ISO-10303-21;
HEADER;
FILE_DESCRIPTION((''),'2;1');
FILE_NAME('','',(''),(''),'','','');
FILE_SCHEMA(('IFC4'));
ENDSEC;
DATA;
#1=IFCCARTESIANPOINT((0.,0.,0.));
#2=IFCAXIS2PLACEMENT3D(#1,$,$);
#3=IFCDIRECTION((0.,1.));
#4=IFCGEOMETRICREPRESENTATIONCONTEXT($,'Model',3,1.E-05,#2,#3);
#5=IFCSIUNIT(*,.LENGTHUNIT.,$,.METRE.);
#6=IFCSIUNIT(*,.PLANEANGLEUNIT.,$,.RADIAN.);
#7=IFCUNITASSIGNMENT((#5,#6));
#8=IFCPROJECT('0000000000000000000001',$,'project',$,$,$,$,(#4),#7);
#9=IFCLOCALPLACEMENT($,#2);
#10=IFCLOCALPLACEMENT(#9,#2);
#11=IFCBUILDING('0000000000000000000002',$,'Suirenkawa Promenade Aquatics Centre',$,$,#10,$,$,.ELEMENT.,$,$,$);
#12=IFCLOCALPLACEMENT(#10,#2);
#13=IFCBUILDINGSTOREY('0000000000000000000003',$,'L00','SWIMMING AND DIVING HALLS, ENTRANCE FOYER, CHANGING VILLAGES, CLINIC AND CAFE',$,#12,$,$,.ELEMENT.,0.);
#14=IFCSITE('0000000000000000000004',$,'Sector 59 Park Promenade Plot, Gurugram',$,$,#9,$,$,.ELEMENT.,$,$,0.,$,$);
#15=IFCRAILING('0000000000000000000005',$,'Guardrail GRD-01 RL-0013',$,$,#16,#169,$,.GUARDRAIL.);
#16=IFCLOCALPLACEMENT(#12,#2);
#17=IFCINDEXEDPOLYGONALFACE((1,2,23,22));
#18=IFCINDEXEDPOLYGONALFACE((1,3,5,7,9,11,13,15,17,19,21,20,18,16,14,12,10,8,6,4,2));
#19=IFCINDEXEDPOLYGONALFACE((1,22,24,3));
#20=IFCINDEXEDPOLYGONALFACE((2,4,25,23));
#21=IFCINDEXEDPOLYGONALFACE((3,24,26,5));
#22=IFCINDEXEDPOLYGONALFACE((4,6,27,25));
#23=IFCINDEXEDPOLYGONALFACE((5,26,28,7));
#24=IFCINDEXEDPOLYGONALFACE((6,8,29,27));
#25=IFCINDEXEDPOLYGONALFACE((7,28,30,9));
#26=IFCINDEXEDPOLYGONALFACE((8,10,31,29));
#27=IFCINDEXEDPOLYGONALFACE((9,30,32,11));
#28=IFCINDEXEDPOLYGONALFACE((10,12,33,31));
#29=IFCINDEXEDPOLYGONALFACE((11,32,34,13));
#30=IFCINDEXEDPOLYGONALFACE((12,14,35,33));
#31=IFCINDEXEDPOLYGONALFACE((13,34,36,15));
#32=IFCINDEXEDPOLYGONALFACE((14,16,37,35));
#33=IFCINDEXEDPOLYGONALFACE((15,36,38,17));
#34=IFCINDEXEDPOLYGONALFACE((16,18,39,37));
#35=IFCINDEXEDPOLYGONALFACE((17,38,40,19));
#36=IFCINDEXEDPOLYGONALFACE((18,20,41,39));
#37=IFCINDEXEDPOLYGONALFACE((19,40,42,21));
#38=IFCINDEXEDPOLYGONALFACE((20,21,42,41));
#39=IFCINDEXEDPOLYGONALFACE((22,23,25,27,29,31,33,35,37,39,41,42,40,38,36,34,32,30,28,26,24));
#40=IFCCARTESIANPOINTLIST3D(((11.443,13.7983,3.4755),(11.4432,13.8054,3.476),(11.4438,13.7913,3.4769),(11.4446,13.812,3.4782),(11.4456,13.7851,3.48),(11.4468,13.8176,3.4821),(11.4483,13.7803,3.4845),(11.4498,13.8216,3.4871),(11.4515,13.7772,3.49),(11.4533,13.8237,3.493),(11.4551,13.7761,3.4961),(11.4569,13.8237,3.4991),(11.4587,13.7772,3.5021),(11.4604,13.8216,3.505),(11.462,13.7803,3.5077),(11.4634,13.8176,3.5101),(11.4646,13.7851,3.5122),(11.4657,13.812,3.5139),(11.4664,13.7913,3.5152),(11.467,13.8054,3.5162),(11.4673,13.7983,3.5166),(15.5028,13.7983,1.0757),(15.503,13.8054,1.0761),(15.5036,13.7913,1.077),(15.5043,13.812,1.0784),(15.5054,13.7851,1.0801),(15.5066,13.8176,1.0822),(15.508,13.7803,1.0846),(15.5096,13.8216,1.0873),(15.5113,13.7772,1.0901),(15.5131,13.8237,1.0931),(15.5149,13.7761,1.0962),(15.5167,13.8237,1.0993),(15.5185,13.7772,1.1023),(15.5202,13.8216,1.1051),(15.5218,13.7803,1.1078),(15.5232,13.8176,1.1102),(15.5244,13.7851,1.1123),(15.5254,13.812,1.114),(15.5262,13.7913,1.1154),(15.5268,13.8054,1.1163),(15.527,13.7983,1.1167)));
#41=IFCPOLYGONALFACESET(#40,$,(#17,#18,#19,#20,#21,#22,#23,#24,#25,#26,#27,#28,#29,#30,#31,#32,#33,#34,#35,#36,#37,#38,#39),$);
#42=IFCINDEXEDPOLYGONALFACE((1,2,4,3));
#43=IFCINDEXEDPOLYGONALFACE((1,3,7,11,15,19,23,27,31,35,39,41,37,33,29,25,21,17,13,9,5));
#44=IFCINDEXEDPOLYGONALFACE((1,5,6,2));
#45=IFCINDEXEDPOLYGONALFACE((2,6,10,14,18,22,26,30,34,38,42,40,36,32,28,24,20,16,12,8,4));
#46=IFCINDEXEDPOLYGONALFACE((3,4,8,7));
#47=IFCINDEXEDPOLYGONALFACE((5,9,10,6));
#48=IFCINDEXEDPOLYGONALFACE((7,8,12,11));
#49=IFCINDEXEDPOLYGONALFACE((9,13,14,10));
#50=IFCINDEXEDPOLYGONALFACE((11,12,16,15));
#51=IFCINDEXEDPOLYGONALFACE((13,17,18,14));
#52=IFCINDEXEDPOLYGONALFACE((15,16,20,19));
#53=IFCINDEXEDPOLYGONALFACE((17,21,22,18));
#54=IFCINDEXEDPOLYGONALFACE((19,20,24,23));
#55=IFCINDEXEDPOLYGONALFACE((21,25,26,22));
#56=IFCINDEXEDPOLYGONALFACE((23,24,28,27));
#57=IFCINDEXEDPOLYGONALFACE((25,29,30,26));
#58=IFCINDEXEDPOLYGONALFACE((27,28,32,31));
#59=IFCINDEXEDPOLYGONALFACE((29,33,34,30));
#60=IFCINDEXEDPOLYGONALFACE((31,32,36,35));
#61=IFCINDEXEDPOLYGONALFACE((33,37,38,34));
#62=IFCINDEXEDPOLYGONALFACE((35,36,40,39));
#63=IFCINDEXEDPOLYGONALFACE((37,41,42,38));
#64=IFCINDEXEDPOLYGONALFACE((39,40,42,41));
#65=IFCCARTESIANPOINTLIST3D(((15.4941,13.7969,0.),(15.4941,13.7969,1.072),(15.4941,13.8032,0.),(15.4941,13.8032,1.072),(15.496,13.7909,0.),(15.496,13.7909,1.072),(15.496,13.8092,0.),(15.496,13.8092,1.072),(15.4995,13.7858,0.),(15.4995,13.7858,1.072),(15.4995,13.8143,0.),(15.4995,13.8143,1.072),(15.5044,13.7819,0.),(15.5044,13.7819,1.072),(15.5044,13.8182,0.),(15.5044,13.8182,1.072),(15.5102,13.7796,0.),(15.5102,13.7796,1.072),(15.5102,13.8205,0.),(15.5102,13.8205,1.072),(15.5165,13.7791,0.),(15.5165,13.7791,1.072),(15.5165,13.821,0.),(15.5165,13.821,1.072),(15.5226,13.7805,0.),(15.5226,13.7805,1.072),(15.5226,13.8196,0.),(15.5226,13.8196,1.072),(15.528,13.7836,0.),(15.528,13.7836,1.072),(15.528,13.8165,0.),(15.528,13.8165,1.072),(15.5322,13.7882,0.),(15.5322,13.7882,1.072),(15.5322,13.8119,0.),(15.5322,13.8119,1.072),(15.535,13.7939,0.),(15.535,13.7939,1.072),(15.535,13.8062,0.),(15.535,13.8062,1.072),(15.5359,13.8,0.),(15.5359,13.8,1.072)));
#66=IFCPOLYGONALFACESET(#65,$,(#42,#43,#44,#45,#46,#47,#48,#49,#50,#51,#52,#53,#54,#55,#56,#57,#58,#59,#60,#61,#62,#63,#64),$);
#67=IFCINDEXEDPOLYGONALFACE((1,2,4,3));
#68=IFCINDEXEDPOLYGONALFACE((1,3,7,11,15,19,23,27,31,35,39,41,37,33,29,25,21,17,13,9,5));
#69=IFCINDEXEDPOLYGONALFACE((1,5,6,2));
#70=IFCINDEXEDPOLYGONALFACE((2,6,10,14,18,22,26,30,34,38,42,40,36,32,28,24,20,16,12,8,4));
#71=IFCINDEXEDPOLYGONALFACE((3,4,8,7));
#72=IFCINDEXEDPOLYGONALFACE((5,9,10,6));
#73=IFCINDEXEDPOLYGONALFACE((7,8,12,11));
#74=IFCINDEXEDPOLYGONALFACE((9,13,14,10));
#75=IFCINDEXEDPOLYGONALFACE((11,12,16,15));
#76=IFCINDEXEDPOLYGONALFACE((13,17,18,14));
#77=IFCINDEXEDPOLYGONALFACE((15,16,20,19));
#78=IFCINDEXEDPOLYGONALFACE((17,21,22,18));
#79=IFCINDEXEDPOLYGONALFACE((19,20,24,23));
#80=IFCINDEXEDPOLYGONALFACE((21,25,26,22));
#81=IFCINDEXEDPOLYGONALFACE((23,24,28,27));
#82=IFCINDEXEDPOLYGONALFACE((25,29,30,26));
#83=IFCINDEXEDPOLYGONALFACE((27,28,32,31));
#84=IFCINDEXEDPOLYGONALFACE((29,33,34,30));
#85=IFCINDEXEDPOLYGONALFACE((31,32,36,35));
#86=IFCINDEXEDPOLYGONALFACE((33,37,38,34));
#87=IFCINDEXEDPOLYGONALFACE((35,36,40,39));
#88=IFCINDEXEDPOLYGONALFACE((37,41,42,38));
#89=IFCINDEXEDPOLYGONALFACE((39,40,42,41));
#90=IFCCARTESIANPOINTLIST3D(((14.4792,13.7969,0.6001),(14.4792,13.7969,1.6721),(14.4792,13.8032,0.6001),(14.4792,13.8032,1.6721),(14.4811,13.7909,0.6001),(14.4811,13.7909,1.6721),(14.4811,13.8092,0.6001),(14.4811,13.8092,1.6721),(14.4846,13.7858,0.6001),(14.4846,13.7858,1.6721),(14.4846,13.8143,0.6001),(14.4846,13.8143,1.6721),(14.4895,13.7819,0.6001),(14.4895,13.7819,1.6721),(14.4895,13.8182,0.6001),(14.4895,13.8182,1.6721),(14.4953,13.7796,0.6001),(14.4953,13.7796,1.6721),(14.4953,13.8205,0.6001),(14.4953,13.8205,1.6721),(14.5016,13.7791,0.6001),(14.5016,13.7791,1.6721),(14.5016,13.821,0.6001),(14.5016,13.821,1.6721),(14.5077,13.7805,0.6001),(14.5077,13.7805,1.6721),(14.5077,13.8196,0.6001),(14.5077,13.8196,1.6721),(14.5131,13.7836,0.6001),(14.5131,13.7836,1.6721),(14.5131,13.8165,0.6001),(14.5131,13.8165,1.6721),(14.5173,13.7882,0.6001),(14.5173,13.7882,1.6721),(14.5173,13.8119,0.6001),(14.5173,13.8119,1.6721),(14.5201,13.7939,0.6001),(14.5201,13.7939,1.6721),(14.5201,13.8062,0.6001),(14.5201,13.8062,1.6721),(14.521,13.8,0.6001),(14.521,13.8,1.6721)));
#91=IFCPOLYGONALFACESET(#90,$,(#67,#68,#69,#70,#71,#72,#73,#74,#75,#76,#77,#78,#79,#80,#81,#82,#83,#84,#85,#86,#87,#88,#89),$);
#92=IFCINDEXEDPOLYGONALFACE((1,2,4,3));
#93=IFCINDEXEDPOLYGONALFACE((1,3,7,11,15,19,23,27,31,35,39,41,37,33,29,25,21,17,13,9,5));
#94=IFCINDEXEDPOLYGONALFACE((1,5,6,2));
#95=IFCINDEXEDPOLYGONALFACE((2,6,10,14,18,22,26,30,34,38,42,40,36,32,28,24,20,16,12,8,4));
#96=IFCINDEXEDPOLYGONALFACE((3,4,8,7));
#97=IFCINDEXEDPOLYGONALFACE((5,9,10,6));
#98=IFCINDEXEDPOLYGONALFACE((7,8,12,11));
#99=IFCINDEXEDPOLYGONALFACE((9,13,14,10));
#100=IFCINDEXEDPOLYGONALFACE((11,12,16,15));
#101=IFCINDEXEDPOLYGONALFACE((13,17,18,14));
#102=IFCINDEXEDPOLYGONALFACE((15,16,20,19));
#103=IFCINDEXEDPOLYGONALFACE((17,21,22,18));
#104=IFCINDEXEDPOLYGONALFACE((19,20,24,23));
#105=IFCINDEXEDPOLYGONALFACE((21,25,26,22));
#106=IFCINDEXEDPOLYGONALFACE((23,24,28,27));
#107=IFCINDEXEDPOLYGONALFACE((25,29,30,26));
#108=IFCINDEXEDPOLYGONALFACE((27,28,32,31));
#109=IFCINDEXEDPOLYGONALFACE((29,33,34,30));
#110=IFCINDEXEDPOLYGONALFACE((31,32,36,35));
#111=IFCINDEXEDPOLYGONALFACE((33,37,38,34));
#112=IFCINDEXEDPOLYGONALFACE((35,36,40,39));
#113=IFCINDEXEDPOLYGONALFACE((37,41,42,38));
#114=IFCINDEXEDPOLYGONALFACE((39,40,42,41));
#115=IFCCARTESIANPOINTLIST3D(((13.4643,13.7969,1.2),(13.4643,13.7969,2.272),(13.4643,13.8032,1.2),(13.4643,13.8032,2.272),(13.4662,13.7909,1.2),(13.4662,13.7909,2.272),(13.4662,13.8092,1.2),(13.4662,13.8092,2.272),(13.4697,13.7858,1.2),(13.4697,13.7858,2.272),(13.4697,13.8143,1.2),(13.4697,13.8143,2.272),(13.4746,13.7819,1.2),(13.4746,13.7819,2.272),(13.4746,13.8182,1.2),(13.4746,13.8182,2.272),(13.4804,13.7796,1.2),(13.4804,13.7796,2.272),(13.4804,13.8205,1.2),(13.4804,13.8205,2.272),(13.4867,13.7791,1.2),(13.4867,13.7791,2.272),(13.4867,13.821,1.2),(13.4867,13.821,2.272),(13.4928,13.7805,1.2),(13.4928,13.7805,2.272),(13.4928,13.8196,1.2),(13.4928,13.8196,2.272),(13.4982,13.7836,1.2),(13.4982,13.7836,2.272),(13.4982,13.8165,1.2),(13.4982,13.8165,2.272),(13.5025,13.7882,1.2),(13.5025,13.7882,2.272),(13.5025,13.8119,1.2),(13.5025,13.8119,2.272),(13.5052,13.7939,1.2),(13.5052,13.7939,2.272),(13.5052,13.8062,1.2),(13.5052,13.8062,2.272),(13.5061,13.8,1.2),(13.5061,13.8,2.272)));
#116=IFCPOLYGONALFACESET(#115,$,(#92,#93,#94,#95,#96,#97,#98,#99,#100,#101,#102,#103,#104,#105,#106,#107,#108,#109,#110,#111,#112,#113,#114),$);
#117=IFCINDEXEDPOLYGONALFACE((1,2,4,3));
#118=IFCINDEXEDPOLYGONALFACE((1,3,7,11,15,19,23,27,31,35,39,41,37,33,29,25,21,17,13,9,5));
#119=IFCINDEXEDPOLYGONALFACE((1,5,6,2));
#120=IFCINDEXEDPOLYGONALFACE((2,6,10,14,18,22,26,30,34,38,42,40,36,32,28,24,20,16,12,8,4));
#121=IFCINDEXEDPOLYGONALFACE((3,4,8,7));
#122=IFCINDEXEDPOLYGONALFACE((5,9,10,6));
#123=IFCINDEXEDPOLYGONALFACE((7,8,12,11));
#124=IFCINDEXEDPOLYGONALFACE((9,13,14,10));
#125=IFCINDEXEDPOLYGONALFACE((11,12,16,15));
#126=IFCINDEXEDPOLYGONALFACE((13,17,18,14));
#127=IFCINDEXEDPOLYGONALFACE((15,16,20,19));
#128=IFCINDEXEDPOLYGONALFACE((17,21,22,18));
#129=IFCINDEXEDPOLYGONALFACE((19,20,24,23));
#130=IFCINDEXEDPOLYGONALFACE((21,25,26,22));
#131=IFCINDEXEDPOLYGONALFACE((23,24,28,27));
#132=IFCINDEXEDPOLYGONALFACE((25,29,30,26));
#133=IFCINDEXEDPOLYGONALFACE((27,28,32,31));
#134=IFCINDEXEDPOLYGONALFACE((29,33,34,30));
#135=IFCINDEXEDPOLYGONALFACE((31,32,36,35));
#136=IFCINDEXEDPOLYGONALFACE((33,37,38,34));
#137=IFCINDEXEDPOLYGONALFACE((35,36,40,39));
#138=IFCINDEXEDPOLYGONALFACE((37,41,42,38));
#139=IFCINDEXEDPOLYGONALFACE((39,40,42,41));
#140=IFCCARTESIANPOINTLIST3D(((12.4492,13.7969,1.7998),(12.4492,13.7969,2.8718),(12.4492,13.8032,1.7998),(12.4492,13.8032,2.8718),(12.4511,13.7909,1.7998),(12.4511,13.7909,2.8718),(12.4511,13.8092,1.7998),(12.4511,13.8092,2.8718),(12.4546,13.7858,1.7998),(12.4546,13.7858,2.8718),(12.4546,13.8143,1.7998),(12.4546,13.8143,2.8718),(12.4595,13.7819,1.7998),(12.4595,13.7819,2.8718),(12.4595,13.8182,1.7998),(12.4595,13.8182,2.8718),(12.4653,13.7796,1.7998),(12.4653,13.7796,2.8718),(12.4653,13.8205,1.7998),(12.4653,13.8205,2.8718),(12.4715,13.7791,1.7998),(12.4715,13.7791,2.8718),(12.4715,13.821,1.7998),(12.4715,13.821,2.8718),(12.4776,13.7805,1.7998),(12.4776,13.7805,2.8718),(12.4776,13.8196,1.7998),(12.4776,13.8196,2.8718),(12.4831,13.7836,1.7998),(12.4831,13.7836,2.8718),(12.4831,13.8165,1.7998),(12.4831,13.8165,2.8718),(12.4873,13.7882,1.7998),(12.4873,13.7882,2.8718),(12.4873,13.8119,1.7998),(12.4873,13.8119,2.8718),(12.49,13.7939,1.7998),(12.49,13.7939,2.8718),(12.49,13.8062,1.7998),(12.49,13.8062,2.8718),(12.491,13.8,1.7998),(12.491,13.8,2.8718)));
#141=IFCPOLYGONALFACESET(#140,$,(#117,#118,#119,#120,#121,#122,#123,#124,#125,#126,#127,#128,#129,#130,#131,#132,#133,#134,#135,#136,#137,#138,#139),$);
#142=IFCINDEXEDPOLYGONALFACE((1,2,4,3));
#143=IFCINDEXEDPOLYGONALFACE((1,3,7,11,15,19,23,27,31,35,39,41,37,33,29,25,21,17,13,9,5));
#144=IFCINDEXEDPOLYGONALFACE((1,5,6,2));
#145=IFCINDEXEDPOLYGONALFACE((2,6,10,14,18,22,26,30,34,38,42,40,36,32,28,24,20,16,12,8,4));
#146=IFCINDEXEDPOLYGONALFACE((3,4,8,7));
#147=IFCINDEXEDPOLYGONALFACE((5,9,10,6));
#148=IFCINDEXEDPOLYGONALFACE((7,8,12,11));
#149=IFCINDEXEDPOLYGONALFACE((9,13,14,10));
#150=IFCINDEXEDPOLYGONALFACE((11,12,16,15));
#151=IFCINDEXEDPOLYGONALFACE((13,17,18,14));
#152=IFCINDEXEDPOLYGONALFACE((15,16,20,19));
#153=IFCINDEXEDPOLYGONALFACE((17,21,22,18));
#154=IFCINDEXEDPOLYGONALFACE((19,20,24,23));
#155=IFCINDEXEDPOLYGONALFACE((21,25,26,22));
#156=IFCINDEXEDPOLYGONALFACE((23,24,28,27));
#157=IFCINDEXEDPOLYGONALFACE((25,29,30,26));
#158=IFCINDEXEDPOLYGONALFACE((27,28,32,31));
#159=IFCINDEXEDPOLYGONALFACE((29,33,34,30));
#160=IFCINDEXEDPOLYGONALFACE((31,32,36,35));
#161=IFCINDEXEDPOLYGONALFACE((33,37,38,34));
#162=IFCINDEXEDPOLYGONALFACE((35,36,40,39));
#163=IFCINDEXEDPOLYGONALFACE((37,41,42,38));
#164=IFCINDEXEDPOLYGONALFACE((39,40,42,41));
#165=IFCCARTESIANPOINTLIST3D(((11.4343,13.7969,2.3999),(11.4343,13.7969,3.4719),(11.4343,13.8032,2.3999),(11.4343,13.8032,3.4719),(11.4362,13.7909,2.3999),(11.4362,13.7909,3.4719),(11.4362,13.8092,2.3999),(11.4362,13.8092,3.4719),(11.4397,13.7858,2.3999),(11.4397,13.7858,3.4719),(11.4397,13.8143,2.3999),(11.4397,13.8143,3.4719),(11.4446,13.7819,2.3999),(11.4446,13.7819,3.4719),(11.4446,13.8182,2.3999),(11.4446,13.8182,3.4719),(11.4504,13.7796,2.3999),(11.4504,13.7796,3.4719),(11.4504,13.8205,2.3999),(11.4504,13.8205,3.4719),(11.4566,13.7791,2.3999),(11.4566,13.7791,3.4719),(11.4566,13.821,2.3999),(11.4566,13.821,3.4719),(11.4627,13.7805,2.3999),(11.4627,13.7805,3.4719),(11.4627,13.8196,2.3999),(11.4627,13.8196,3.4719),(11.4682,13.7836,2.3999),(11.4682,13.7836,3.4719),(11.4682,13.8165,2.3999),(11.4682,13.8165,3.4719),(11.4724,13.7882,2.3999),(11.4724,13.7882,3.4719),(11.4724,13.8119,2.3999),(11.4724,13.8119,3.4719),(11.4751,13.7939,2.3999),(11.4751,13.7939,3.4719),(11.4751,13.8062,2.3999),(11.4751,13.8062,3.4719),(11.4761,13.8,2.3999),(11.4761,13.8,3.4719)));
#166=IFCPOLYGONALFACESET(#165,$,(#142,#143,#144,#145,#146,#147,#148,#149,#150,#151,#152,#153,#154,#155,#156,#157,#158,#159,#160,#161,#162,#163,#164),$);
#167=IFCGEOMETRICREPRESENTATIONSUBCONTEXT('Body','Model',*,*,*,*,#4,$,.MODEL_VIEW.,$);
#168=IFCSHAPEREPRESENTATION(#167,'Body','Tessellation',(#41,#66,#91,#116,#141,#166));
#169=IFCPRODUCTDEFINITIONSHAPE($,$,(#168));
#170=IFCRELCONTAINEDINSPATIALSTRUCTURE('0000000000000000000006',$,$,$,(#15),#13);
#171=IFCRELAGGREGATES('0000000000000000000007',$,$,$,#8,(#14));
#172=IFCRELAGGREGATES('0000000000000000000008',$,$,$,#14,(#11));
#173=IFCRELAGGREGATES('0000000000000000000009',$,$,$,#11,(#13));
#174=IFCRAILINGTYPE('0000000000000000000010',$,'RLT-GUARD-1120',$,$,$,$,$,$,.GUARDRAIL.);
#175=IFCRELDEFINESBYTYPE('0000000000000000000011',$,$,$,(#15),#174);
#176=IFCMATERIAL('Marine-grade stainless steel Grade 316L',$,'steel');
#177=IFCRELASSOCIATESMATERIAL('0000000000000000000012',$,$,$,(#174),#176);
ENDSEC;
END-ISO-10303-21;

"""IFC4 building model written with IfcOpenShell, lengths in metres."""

from ifc_helpers import new_model, si_unit, direction, frame, origin, origin_2d, place, context, subcontext, project, spatial, circle, extrude, material, type_object, element, save


model = new_model("IFC4")

# Units and contexts
model_context = context("Model", 3, precision=1e-05, world=origin(), true_north=direction((0.0, 1.0)))
body_context = subcontext(model_context, "Body", "Model", "MODEL_VIEW")
ifc_project = project(units=[si_unit("LENGTHUNIT", "METRE"), si_unit("PLANEANGLEUNIT", "RADIAN")], contexts=[model_context])

# Site, building, storey
site_placement = place(None, origin())
site = spatial("IfcSite", under=ifc_project, at=site_placement, Name="Sector 59 Park Promenade Plot, Gurugram", CompositionType="ELEMENT", RefElevation=0.0)
building_placement = place(site_placement, origin())
building = spatial("IfcBuilding", under=site, at=building_placement, Name="Suirenkawa Promenade Aquatics Centre", CompositionType="ELEMENT")
storey_placement = place(building_placement, origin())
storey = spatial("IfcBuildingStorey", under=building, at=storey_placement, Name="L00", Description="SWIMMING AND DIVING HALLS, ENTRANCE FOYER, CHANGING VILLAGES, CLINIC AND CAFE", CompositionType="ELEMENT", Elevation=0.0)

# Railing
ifc_material_1 = material(Name="Marine-grade stainless steel Grade 316L", Category="steel")
railing_type_1 = type_object("IfcRailingType", Name="RLT-GUARD-1120", PredefinedType="GUARDRAIL", material=ifc_material_1)
railing_1_placement = place(storey_placement, frame((15.5149, 13.8, 0.0)))
element("IfcRailing", 1, at=railing_1_placement, inside=storey, type_object=railing_type_1, Name="Guardrail GRD-01 RL-0013", PredefinedType="GUARDRAIL", context=body_context, shape_type="SweptSolid", body=[
    extrude(circle(Radius=0.0239, at=origin_2d()), frame((0.0, 0.0, 1.0962), z_axis=(-0.860841, 0.0, 0.508874), x_axis=(0.0, -1.0, 0.0)), (0.0, 0.0, 1.0), 4.7161),
    extrude(circle(Radius=0.021, at=origin_2d()), origin(), (0.0, 0.0, 1.0), 1.072),
    extrude(circle(Radius=0.021, at=origin_2d()), frame((-1.0149, 0.0, 0.6001)), (0.0, 0.0, 1.0), 1.072),
    extrude(circle(Radius=0.021, at=origin_2d()), frame((-2.0298, 0.0, 1.2)), (0.0, 0.0, 1.0), 1.072),
    extrude(circle(Radius=0.021, at=origin_2d()), frame((-3.0449, 0.0, 1.7998)), (0.0, 0.0, 1.0), 1.072),
    extrude(circle(Radius=0.021, at=origin_2d()), frame((-4.0598, 0.0, 2.3999)), (0.0, 0.0, 1.0), 1.072),
])

save(model, "model.ifc")
